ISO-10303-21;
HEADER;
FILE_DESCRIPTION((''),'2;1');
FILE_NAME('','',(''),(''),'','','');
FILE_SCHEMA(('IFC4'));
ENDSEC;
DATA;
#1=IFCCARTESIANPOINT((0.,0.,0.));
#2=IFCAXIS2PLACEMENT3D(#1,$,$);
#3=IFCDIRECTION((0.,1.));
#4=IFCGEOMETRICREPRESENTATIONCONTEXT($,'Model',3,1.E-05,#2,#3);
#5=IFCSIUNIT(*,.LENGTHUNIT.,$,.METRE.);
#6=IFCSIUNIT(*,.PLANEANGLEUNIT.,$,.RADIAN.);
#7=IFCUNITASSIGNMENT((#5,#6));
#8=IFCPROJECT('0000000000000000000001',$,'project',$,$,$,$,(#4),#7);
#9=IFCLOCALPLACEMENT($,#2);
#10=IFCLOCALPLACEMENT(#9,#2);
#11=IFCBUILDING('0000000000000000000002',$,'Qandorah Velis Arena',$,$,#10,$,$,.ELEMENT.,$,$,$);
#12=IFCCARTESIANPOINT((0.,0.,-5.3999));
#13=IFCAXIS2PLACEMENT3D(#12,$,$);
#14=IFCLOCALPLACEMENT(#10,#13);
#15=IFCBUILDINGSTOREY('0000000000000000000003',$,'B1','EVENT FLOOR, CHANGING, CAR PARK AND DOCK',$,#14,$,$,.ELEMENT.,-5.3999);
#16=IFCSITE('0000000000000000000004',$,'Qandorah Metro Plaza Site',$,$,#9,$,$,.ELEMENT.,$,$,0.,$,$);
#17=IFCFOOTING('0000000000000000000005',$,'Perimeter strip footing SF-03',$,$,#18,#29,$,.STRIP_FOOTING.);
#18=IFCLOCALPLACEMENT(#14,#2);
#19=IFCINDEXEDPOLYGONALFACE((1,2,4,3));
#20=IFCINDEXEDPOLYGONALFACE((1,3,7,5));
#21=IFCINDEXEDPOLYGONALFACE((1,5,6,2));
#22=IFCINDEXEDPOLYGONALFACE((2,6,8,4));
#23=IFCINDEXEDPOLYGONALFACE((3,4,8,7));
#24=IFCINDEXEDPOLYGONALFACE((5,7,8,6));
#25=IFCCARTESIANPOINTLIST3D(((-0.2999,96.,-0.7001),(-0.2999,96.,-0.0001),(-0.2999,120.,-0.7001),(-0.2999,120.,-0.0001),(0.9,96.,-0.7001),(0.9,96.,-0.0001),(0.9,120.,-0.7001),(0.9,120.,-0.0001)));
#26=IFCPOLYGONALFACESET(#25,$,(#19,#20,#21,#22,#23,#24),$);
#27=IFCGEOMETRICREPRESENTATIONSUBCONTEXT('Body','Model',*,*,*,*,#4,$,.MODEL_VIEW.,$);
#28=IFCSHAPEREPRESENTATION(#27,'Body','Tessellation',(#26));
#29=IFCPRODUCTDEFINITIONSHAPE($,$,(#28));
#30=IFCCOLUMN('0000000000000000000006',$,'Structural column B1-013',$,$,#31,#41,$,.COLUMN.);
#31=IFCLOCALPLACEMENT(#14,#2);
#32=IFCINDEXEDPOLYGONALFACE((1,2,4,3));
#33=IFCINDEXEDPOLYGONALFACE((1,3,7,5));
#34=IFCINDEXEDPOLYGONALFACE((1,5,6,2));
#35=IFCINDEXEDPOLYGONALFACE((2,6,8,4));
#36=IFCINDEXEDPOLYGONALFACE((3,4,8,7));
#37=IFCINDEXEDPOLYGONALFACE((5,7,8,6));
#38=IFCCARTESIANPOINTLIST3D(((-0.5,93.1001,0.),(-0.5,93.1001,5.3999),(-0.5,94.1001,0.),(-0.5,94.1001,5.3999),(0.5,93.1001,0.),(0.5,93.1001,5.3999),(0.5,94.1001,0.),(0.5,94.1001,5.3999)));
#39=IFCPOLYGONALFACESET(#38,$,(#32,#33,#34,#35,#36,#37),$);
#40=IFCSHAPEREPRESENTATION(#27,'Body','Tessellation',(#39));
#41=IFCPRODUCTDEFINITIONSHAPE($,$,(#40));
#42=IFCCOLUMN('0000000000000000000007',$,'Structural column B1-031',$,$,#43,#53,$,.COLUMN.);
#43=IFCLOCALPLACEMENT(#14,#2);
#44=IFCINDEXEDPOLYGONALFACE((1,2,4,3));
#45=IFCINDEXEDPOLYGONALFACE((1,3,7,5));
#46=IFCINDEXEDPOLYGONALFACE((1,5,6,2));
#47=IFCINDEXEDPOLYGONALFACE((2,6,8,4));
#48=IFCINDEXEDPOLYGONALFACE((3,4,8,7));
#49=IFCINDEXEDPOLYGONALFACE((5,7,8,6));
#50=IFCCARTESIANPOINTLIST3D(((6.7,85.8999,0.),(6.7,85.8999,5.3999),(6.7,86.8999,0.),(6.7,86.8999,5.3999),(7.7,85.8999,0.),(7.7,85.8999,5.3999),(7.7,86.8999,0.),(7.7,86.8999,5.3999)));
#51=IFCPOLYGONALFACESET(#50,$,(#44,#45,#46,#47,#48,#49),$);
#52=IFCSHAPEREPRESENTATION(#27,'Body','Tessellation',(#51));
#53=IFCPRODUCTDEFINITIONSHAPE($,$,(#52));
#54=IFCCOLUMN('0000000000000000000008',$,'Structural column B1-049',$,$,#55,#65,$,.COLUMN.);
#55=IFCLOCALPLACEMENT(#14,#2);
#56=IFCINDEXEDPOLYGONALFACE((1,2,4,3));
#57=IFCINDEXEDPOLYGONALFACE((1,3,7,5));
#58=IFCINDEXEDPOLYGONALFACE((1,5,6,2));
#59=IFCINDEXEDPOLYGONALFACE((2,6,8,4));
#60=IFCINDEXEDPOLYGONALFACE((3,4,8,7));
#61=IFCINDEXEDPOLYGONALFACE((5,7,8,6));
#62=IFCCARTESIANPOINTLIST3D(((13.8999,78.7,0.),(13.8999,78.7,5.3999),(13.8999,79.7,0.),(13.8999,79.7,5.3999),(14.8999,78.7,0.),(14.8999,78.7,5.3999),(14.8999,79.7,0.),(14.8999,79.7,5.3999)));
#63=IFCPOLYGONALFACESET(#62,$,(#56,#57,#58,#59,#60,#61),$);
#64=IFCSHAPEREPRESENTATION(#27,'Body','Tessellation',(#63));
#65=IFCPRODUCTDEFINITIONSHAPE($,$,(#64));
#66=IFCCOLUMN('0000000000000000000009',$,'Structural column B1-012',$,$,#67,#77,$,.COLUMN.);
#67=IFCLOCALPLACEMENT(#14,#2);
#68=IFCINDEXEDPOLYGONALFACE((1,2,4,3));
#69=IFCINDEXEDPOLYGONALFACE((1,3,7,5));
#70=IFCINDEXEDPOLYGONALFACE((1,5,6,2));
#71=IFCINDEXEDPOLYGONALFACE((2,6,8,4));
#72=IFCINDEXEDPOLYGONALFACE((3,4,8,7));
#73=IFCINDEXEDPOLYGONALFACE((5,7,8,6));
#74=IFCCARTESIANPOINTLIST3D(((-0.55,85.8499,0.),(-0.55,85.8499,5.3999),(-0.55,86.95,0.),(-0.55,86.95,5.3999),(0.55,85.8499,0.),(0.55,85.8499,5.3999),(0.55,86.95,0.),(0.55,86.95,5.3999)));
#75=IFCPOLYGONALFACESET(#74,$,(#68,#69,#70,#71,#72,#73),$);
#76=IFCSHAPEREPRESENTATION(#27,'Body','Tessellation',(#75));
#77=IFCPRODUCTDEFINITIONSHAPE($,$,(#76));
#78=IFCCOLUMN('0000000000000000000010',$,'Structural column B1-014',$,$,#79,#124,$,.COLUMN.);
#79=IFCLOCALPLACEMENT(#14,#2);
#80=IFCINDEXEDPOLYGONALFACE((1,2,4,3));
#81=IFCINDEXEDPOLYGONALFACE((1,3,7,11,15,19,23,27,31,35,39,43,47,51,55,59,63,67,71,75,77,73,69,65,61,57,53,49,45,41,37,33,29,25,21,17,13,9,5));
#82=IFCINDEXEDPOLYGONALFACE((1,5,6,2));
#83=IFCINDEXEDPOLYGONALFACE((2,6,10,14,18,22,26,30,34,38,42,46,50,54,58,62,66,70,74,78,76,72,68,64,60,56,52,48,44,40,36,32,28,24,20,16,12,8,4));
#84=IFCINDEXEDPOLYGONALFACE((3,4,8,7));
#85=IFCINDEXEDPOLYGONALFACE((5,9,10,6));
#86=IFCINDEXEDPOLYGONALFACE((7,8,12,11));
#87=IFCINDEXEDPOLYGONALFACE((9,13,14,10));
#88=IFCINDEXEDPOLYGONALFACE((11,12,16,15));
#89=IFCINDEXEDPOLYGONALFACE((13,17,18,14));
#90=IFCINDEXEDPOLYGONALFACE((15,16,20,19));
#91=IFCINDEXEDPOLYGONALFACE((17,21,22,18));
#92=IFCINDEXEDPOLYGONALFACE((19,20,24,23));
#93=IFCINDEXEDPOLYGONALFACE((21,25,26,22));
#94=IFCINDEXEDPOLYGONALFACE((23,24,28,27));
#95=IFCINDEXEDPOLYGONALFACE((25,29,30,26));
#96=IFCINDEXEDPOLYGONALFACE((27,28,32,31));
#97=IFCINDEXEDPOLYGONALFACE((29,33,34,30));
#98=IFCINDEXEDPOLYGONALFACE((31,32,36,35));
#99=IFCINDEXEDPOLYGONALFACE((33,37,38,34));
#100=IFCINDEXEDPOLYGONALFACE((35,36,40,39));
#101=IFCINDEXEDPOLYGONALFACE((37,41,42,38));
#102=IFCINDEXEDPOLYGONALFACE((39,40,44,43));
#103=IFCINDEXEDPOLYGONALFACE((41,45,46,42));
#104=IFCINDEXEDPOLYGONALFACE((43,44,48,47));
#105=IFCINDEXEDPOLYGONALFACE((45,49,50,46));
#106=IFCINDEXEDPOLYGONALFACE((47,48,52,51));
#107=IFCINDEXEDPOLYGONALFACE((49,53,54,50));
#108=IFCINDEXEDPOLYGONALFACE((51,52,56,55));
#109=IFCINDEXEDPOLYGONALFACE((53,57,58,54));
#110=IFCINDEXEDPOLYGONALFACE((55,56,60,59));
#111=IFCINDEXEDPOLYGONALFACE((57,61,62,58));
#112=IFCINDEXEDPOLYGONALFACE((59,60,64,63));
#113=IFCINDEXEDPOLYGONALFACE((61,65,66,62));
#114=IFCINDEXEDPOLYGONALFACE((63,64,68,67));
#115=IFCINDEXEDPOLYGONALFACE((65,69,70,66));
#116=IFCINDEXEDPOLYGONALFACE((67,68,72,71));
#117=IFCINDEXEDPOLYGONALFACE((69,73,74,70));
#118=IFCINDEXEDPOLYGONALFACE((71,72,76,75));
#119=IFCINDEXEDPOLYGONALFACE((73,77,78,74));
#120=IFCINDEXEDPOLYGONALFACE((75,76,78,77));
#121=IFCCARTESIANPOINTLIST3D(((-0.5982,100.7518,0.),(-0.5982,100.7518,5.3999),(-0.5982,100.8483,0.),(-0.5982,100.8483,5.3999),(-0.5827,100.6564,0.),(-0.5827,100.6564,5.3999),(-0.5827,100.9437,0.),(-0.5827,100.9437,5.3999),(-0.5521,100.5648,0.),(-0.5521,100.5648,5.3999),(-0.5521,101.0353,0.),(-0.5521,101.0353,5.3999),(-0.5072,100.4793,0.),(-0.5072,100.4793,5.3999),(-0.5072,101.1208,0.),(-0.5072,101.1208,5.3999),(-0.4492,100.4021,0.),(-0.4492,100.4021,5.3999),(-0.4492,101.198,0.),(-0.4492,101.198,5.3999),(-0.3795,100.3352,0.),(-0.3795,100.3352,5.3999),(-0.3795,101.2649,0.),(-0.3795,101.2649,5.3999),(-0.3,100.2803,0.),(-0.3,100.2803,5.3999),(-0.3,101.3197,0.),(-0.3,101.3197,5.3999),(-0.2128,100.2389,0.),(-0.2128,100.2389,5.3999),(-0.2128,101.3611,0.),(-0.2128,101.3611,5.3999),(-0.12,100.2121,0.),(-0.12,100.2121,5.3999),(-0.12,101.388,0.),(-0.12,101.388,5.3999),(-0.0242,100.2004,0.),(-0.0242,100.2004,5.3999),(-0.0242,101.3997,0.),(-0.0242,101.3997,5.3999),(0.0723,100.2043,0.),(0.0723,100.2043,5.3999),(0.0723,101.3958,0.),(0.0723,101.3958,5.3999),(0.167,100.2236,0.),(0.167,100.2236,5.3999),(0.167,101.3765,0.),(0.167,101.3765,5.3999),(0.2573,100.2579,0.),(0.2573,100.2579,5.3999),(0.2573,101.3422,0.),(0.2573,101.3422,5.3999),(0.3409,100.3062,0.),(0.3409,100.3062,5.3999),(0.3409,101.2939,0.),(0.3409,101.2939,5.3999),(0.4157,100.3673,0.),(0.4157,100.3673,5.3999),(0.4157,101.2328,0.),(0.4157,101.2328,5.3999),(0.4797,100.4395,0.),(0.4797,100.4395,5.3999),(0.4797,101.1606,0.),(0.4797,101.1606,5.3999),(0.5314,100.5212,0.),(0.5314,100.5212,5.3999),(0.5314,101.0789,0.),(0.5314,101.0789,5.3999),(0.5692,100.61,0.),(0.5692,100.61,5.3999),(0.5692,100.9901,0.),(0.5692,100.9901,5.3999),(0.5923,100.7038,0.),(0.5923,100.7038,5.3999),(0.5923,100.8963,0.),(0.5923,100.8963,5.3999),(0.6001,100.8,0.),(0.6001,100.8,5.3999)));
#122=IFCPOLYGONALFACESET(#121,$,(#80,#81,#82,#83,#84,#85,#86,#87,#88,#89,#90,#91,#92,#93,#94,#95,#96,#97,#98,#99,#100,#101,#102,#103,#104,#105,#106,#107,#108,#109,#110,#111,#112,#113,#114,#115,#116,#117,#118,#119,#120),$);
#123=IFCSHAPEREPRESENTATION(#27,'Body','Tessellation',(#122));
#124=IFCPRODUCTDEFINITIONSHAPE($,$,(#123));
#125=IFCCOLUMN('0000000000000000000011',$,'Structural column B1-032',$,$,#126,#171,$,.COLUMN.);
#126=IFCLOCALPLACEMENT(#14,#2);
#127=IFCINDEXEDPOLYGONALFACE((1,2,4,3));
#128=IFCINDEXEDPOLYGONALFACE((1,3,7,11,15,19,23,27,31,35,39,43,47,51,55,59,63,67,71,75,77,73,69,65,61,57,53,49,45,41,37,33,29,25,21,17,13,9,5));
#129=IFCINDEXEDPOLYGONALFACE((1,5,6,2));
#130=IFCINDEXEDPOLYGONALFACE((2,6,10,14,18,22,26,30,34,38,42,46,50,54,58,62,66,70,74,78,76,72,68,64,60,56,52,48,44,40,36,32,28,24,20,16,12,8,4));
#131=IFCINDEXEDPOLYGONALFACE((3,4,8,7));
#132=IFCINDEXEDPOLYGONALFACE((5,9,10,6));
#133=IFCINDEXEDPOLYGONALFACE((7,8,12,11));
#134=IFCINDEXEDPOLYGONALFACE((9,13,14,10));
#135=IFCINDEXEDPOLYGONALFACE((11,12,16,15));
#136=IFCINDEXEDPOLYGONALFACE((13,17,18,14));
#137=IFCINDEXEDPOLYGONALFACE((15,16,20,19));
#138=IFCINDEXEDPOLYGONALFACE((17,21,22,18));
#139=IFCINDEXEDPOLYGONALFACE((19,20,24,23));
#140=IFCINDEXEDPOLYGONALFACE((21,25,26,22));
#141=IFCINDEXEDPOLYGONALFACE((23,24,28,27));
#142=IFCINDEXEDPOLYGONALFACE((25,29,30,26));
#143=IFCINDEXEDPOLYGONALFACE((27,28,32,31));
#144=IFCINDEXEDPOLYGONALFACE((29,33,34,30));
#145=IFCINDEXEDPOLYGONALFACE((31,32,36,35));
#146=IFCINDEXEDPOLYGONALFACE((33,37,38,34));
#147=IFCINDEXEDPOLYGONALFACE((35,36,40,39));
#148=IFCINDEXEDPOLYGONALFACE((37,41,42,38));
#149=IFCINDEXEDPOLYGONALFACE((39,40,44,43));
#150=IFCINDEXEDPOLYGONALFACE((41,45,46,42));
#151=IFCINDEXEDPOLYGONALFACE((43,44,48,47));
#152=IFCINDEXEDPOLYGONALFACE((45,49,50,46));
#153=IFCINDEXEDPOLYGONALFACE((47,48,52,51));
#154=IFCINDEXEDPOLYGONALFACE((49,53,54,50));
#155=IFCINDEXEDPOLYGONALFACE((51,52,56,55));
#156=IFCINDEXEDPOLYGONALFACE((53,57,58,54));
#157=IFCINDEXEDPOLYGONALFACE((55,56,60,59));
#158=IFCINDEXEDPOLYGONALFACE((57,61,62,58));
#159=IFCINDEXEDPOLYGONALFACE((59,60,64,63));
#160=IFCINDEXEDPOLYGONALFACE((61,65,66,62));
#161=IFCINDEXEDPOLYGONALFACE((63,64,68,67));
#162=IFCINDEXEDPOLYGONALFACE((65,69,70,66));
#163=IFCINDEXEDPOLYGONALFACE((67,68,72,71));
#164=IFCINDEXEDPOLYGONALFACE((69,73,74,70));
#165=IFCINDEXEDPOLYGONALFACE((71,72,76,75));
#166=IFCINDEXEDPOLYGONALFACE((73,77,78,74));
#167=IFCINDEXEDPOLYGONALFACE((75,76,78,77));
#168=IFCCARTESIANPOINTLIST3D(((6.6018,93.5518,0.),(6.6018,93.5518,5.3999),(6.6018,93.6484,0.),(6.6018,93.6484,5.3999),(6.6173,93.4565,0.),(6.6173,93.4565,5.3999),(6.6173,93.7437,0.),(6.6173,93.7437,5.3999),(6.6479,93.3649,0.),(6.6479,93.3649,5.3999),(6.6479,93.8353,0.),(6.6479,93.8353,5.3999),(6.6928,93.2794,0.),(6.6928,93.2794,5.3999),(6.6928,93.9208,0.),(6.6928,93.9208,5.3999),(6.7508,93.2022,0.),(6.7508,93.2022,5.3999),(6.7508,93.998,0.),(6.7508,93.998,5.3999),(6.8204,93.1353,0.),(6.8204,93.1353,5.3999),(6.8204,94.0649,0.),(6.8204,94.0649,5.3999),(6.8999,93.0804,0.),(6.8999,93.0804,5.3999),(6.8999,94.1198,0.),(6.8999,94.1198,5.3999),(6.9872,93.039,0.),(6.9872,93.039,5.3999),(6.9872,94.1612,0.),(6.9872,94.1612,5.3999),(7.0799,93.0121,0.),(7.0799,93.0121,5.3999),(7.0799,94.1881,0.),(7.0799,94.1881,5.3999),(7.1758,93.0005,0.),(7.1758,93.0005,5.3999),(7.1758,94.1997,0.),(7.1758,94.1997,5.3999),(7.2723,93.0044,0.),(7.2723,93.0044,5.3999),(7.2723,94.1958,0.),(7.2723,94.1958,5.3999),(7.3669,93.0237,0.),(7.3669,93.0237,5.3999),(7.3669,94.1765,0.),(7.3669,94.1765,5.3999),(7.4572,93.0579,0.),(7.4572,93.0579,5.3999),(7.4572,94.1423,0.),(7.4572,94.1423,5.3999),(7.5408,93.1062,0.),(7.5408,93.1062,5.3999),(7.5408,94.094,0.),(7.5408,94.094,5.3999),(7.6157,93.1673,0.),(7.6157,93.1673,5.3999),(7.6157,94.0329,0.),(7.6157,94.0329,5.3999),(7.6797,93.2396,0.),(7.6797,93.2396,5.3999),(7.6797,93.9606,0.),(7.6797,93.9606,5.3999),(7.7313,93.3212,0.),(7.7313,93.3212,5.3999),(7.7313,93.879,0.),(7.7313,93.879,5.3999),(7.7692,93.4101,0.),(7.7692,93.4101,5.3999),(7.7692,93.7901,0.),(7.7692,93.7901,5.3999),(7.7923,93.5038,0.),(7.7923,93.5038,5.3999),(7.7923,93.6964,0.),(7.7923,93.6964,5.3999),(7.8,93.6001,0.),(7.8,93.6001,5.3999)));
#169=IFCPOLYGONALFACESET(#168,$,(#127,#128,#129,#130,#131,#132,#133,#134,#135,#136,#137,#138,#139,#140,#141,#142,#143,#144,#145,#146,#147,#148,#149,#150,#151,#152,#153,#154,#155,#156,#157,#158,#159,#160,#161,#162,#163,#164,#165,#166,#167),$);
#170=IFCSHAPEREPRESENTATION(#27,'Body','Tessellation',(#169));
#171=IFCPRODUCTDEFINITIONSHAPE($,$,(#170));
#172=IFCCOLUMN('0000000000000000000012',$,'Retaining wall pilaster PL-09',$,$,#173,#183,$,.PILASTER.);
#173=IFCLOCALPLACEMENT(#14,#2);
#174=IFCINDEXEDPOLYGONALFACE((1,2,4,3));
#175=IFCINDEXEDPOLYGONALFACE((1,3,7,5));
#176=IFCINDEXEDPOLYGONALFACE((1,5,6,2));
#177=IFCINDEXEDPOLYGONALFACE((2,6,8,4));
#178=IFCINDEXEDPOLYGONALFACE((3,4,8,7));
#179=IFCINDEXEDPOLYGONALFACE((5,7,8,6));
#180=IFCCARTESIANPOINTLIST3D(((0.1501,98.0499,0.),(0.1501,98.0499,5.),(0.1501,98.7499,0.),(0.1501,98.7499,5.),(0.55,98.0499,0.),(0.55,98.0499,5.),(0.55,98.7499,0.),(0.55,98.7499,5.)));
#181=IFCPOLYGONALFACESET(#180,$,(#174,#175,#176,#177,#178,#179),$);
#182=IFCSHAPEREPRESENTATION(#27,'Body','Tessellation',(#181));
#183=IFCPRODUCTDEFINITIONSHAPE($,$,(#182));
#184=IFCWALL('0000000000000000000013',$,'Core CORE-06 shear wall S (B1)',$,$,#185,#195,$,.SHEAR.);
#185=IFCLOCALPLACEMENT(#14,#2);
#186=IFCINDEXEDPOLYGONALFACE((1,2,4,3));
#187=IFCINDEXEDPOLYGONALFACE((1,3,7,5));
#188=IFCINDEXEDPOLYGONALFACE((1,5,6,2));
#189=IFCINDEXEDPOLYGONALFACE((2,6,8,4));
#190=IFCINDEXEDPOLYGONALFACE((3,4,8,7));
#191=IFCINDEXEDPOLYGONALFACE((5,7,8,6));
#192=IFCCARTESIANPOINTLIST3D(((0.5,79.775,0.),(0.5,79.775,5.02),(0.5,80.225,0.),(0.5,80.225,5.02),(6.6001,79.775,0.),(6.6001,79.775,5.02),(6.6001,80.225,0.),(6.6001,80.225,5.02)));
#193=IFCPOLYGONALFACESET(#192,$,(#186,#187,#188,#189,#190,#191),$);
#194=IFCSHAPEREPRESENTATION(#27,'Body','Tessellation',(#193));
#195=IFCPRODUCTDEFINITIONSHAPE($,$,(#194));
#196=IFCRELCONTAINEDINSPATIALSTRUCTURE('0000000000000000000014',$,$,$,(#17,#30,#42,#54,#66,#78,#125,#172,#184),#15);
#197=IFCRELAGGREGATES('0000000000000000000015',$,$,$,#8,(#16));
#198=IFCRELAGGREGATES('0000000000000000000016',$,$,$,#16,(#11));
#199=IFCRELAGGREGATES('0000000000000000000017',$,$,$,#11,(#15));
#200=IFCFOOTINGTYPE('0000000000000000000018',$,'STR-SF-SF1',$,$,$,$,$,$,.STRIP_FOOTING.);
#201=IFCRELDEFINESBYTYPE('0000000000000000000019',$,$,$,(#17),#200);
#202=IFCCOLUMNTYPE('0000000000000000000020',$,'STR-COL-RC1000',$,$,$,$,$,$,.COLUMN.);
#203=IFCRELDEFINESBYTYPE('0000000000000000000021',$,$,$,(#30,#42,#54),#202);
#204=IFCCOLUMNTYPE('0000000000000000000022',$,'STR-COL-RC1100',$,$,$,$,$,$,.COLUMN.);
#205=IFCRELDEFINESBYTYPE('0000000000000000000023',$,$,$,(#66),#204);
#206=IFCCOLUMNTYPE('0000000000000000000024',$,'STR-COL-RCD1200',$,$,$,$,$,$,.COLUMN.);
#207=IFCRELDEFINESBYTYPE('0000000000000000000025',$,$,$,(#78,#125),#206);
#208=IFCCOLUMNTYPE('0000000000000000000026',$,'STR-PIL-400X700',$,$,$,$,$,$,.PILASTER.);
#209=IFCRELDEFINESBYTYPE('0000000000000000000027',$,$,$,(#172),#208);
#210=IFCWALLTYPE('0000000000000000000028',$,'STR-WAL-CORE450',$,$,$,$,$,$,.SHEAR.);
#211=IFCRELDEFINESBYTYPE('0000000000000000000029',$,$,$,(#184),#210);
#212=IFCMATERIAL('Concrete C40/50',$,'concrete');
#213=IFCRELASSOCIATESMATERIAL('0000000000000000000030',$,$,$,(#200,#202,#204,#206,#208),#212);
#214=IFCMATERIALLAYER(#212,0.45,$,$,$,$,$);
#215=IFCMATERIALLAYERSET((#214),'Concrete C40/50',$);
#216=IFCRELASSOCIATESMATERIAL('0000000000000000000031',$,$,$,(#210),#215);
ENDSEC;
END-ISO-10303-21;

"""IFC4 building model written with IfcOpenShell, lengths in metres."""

from ifc_helpers import new_model, si_unit, direction, frame, frame_2d, origin, origin_2d, place, context, subcontext, project, spatial, rectangle, circle, extrude, material, layer, layer_set, material_profile, profile_set, type_object, element, save


model = new_model("IFC4")

# Units and contexts
model_context = context("Model", 3, precision=1e-05, world=origin(), true_north=direction((0.0, 1.0)))
body_context = subcontext(model_context, "Body", "Model", "MODEL_VIEW")
ifc_project = project(units=[si_unit("LENGTHUNIT", "METRE"), si_unit("PLANEANGLEUNIT", "RADIAN")], contexts=[model_context])

# Site, building, storey
site_placement = place(None, origin())
site = spatial("IfcSite", under=ifc_project, at=site_placement, Name="Qandorah Metro Plaza Site", CompositionType="ELEMENT", RefElevation=0.0)
building_placement = place(site_placement, origin())
building = spatial("IfcBuilding", under=site, at=building_placement, Name="Qandorah Velis Arena", CompositionType="ELEMENT")
storey_placement = place(building_placement, frame((0.0, 0.0, -5.3999)))
storey = spatial("IfcBuildingStorey", under=building, at=storey_placement, Name="B1", Description="EVENT FLOOR, CHANGING, CAR PARK AND DOCK", CompositionType="ELEMENT", Elevation=-5.3999)

# Shared definitions
ifc_material_1 = material(Name="Concrete C40/50", Category="concrete")

# Footing
ifc_material_profile_1 = material_profile(ifc_material_1, rectangle(XDim=1.2, YDim=0.7, at=origin_2d()), Name="SF1 1200x700")
ifc_profile_set_1 = profile_set([ifc_material_profile_1], Name="Concrete C40/50")
footing_type_1 = type_object("IfcFootingType", Name="STR-SF-SF1", PredefinedType="STRIP_FOOTING", material=ifc_profile_set_1)
footing_1_placement = place(storey_placement, frame((0.3, 96.0, -0.3501), z_axis=(0.0, 1.0, 0.0), x_axis=(-1.0, 0.0, 0.0)))
element("IfcFooting", 1, at=footing_1_placement, inside=storey, type_object=footing_type_1, Name="Perimeter strip footing SF-03", PredefinedType="STRIP_FOOTING", context=body_context, shape_type="SweptSolid", body=[
    extrude(rectangle(XDim=1.2, YDim=0.7, at=origin_2d()), origin(), (0.0, 0.0, 1.0), 24.0),
])

# Columns
ifc_material_profile_2 = material_profile(ifc_material_1, rectangle(XDim=1.0, YDim=1.0, at=origin_2d()), Name="RC COL 1000x1000")
ifc_profile_set_2 = profile_set([ifc_material_profile_2], Name="Concrete C40/50")
column_type_1 = type_object("IfcColumnType", Name="STR-COL-RC1000", PredefinedType="COLUMN", material=ifc_profile_set_2)
for number, where, z_axis, x_axis, name in (
    (2, (0.0, 93.6001, 0.0), (0.0, 0.0, 1.0), (1.0, 0.0, 0.0), "Structural column B1-013"),
    (3, (7.2, 86.3999, 0.0), (0.0, 0.0, 1.0), (1.0, 0.0, 0.0), "Structural column B1-031"),
    (4, (14.3999, 79.2, 0.0), (0.0, 0.0, 1.0), (1.0, 0.0, 0.0), "Structural column B1-049"),
):
    element("IfcColumn", number, at=place(storey_placement, frame(where, z_axis=z_axis, x_axis=x_axis)), inside=storey, type_object=column_type_1, Name=name, PredefinedType="COLUMN", context=body_context, shape_type="SweptSolid", body=[
        extrude(rectangle(XDim=1.0, YDim=1.0, at=origin_2d()), origin(), (0.0, 0.0, 1.0), 5.3999),
    ])
ifc_material_profile_3 = material_profile(ifc_material_1, rectangle(XDim=1.1001, YDim=1.1001, at=origin_2d()), Name="RC COL 1100x1100")
ifc_profile_set_3 = profile_set([ifc_material_profile_3], Name="Concrete C40/50")
column_type_2 = type_object("IfcColumnType", Name="STR-COL-RC1100", PredefinedType="COLUMN", material=ifc_profile_set_3)
column_1_placement = place(storey_placement, frame((0.0, 86.3999, 0.0), z_axis=(0.0, 0.0, 1.0), x_axis=(1.0, 0.0, 0.0)))
element("IfcColumn", 5, at=column_1_placement, inside=storey, type_object=column_type_2, Name="Structural column B1-012", PredefinedType="COLUMN", context=body_context, shape_type="SweptSolid", body=[
    extrude(rectangle(XDim=1.1001, YDim=1.1001, at=origin_2d()), origin(), (0.0, 0.0, 1.0), 5.3999),
])
ifc_material_profile_4 = material_profile(ifc_material_1, circle(Radius=0.6001, at=origin_2d()), Name="RC D1200")
ifc_profile_set_4 = profile_set([ifc_material_profile_4], Name="Concrete C40/50")
column_type_3 = type_object("IfcColumnType", Name="STR-COL-RCD1200", PredefinedType="COLUMN", material=ifc_profile_set_4)
for number, where, z_axis, x_axis, name in (
    (6, (0.0, 100.8, 0.0), (0.0, 0.0, 1.0), (1.0, 0.0, 0.0), "Structural column B1-014"),
    (7, (7.2, 93.6001, 0.0), (0.0, 0.0, 1.0), (1.0, 0.0, 0.0), "Structural column B1-032"),
):
    element("IfcColumn", number, at=place(storey_placement, frame(where, z_axis=z_axis, x_axis=x_axis)), inside=storey, type_object=column_type_3, Name=name, PredefinedType="COLUMN", context=body_context, shape_type="SweptSolid", body=[
        extrude(circle(Radius=0.6001, at=origin_2d()), origin(), (0.0, 0.0, 1.0), 5.3999),
    ])
ifc_material_profile_5 = material_profile(ifc_material_1, rectangle(XDim=0.3999, YDim=0.7, at=origin_2d()), Name="RC PIL 400x700")
ifc_profile_set_5 = profile_set([ifc_material_profile_5], Name="Concrete C40/50")
column_type_4 = type_object("IfcColumnType", Name="STR-PIL-400X700", PredefinedType="PILASTER", material=ifc_profile_set_5)
column_2_placement = place(storey_placement, frame((0.3501, 98.3999, 0.0), z_axis=(0.0, 0.0, 1.0), x_axis=(1.0, 0.0, 0.0)))
element("IfcColumn", 8, at=column_2_placement, inside=storey, type_object=column_type_4, Name="Retaining wall pilaster PL-09", PredefinedType="PILASTER", context=body_context, shape_type="SweptSolid", body=[
    extrude(rectangle(XDim=0.3999, YDim=0.7, at=origin_2d()), origin(), (0.0, 0.0, 1.0), 5.0),
])

# Wall
ifc_layer_1 = layer(ifc_material_1, 0.45)
ifc_layer_set_1 = layer_set([ifc_layer_1], Name="Concrete C40/50")
wall_type_1 = type_object("IfcWallType", Name="STR-WAL-CORE450", PredefinedType="SHEAR", material=ifc_layer_set_1)
for number, where, z_axis, x_axis, name in (
    (9, (0.5, 80.0, 0.0), (0.0, 0.0, 1.0), (1.0, 0.0, 0.0), "Core CORE-06 shear wall S (B1)"),
):
    element("IfcWall", number, at=place(storey_placement, frame(where, z_axis=z_axis, x_axis=x_axis)), inside=storey, type_object=wall_type_1, Name=name, PredefinedType="SHEAR", context=body_context, shape_type="SweptSolid", body=[
        extrude(rectangle(XDim=6.1001, YDim=0.45, at=frame_2d((3.05, 0.0))), origin(), (0.0, 0.0, 1.0), 5.02),
    ])

save(model, "model.ifc")
